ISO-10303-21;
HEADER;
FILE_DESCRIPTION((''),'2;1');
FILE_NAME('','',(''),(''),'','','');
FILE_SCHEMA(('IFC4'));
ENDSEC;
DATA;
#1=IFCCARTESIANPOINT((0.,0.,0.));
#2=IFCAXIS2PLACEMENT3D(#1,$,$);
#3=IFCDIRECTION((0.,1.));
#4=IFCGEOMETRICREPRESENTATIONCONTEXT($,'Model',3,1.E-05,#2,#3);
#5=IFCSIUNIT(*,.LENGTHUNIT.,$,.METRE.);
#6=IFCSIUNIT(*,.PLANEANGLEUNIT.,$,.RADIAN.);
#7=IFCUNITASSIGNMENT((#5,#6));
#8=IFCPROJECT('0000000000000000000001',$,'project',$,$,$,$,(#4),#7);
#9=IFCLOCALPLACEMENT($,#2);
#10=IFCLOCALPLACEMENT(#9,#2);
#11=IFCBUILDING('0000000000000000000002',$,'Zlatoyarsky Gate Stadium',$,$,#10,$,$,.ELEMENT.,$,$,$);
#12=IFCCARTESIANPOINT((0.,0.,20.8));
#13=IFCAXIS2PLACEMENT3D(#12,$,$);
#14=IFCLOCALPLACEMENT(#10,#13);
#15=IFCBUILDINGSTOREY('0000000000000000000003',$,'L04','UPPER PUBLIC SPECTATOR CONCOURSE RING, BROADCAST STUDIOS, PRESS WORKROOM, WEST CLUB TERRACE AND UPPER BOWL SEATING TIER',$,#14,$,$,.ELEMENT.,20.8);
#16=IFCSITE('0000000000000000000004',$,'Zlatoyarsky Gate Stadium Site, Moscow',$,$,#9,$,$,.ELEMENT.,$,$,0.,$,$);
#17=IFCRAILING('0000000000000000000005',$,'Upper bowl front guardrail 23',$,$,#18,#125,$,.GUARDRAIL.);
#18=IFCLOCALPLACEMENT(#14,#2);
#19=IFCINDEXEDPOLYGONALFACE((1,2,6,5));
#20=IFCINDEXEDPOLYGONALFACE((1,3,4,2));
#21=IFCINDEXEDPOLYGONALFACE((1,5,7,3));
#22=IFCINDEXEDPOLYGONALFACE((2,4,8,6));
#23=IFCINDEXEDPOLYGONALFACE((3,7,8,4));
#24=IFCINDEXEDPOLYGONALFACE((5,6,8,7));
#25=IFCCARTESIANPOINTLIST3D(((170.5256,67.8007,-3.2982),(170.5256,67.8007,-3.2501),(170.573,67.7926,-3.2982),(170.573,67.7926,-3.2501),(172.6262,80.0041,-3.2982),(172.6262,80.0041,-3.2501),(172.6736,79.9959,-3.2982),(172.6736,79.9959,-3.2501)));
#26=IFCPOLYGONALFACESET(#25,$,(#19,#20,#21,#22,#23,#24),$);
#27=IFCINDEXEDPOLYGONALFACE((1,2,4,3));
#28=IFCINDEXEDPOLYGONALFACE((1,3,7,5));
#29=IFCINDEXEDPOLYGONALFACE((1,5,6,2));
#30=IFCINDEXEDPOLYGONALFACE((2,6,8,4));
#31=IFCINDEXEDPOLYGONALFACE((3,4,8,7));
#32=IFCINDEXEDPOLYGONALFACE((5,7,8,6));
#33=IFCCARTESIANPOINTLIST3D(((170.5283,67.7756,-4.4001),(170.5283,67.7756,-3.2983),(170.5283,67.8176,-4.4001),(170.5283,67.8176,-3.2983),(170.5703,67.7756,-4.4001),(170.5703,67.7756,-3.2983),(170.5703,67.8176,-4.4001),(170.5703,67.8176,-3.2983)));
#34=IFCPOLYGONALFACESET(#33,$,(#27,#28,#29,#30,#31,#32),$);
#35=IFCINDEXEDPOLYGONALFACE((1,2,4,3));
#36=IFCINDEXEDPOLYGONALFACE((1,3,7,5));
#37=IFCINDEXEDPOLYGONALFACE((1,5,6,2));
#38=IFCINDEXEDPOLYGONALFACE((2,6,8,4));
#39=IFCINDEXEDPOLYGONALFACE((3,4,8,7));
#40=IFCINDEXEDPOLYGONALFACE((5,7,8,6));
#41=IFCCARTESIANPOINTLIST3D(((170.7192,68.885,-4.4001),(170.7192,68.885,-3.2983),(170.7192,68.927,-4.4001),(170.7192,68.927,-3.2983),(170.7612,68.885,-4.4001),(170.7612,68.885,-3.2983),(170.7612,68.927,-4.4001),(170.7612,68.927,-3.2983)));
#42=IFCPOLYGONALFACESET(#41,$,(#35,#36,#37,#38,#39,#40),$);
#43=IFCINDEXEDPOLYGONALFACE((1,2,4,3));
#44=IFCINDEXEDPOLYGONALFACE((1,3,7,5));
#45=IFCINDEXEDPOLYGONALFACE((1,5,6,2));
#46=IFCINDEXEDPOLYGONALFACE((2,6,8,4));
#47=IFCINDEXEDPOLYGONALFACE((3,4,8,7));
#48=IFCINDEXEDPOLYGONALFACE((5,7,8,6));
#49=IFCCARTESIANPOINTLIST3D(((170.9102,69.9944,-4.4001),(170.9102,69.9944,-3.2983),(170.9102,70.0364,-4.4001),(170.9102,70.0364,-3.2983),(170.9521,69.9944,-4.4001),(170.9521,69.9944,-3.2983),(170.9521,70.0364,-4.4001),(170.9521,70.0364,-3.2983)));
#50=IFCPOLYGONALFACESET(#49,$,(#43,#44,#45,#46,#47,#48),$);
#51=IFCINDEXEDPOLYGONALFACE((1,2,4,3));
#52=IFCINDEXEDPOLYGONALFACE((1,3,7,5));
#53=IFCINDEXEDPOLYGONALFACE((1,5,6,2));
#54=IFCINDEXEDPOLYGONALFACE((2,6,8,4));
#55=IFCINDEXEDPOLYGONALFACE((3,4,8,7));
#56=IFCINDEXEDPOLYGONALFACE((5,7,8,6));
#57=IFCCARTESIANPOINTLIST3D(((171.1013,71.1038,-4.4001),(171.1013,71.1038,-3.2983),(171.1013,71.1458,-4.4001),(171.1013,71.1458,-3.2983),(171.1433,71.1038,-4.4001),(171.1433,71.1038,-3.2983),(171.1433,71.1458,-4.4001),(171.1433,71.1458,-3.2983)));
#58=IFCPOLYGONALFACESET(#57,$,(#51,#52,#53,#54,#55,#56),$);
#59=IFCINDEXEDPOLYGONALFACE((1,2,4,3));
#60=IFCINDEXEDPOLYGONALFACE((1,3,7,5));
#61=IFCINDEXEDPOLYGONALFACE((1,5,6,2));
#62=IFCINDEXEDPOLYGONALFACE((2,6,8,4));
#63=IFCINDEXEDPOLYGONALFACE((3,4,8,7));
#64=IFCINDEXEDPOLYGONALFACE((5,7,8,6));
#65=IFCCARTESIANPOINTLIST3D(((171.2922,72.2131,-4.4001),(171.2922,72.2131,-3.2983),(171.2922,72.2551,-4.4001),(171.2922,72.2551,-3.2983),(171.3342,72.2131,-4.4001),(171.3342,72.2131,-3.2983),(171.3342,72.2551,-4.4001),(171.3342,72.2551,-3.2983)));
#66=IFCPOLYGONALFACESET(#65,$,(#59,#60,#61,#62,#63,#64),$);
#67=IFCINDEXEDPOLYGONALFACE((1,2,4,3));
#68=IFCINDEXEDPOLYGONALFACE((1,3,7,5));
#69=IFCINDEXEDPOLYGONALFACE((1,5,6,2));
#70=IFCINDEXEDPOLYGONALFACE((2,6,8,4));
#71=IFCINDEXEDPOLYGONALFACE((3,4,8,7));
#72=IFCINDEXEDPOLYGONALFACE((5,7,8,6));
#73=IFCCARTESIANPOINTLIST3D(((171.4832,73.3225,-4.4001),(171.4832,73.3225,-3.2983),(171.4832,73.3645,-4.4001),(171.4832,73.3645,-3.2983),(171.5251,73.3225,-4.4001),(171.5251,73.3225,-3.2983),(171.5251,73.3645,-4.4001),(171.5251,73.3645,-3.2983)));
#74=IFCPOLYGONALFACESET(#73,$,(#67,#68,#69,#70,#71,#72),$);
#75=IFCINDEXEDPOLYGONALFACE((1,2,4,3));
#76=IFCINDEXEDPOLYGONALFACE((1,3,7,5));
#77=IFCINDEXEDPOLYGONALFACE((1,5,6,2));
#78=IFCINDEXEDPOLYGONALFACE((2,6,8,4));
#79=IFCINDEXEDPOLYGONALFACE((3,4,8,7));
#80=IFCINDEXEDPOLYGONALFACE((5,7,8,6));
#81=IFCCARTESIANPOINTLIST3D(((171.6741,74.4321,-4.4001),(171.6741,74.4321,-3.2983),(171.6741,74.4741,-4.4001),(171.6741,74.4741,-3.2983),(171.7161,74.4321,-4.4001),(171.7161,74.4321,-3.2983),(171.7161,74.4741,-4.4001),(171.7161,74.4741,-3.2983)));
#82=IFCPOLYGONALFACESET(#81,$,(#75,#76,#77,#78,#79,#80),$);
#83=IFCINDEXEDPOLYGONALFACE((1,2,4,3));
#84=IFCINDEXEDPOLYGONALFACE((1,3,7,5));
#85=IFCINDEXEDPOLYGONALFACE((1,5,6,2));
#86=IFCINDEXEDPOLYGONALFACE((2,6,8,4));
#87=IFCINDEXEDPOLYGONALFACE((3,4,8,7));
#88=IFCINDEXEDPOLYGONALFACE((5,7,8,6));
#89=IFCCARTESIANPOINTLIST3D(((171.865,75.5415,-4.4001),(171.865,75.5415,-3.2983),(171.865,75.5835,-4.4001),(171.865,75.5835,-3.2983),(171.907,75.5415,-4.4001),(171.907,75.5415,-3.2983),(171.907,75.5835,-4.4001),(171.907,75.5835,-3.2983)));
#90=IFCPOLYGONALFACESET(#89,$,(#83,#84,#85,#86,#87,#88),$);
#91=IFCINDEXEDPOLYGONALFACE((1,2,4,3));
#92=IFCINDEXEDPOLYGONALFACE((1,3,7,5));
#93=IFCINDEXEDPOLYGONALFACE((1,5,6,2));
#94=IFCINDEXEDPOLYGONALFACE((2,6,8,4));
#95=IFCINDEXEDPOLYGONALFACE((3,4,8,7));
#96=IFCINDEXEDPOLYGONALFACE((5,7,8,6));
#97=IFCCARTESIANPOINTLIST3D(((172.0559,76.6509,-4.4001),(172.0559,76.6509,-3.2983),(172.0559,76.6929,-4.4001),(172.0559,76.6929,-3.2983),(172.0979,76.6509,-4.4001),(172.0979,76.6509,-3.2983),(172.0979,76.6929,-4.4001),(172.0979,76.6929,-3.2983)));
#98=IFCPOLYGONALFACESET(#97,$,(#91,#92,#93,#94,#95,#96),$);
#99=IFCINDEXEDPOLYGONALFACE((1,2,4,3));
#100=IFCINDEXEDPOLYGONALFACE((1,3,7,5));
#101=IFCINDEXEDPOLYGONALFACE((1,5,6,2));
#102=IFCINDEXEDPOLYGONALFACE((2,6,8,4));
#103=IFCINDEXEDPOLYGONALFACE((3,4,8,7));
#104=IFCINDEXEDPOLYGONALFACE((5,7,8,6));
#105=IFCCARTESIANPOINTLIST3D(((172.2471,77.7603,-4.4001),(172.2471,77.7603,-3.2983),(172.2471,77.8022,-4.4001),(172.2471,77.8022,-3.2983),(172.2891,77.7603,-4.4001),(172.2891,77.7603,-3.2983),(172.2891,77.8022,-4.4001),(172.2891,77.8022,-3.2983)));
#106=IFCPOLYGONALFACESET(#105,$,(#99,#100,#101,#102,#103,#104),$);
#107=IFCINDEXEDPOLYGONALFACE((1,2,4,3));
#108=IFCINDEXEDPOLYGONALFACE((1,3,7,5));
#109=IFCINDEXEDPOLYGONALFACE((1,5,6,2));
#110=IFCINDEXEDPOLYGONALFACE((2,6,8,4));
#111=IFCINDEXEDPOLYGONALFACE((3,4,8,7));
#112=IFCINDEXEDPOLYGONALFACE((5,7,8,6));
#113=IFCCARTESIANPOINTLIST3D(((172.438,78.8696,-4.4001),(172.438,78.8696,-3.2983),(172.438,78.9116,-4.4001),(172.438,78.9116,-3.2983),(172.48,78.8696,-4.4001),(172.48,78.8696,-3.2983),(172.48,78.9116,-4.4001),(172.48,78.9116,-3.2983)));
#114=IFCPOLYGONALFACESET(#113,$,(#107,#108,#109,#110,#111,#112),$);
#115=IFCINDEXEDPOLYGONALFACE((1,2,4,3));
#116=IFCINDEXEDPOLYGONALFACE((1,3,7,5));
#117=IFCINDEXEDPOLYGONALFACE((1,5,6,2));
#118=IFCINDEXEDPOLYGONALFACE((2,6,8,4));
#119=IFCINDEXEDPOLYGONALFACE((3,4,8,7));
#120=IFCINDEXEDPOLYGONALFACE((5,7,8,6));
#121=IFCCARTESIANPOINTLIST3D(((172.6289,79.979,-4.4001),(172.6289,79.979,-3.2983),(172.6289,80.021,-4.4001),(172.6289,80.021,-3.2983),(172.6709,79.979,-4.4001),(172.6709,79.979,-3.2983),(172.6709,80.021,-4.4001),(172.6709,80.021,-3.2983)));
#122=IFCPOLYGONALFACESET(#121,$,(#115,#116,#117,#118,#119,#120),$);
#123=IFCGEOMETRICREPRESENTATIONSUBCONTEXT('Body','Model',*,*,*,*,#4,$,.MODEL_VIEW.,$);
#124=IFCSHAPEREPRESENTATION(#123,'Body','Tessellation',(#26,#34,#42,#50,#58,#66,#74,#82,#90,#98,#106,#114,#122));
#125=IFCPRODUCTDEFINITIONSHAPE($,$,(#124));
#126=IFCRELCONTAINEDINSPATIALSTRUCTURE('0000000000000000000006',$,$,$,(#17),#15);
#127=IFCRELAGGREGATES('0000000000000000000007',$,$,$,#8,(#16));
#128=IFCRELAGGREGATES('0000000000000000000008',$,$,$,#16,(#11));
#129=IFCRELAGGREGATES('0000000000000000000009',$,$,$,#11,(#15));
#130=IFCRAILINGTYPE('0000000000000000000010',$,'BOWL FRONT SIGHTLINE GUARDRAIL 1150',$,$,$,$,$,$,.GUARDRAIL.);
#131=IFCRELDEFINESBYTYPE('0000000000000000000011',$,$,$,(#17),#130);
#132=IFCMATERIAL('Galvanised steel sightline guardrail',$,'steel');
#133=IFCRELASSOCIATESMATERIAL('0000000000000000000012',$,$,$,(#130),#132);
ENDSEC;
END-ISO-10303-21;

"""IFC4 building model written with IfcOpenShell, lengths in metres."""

from ifc_helpers import new_model, si_unit, direction, frame, origin, origin_2d, place, context, subcontext, project, spatial, rectangle, extrude, material, type_object, element, save


model = new_model("IFC4")

# Units and contexts
model_context = context("Model", 3, precision=1e-05, world=origin(), true_north=direction((0.0, 1.0)))
body_context = subcontext(model_context, "Body", "Model", "MODEL_VIEW")
ifc_project = project(units=[si_unit("LENGTHUNIT", "METRE"), si_unit("PLANEANGLEUNIT", "RADIAN")], contexts=[model_context])

# Site, building, storey
site_placement = place(None, origin())
site = spatial("IfcSite", under=ifc_project, at=site_placement, Name="Zlatoyarsky Gate Stadium Site, Moscow", CompositionType="ELEMENT", RefElevation=0.0)
building_placement = place(site_placement, origin())
building = spatial("IfcBuilding", under=site, at=building_placement, Name="Zlatoyarsky Gate Stadium", CompositionType="ELEMENT")
storey_placement = place(building_placement, frame((0.0, 0.0, 20.8)))
storey = spatial("IfcBuildingStorey", under=building, at=storey_placement, Name="L04", Description="UPPER PUBLIC SPECTATOR CONCOURSE RING, BROADCAST STUDIOS, PRESS WORKROOM, WEST CLUB TERRACE AND UPPER BOWL SEATING TIER", CompositionType="ELEMENT", Elevation=20.8)

# Railing
ifc_material_1 = material(Name="Galvanised steel sightline guardrail", Category="steel")
railing_type_1 = type_object("IfcRailingType", Name="BOWL FRONT SIGHTLINE GUARDRAIL 1150", PredefinedType="GUARDRAIL", material=ifc_material_1)
railing_1_placement = place(storey_placement, frame((170.5493, 67.7966, -4.4001)))
element("IfcRailing", 1, at=railing_1_placement, inside=storey, type_object=railing_type_1, Name="Upper bowl front guardrail 23", PredefinedType="GUARDRAIL", context=body_context, shape_type="SweptSolid", body=[
    extrude(rectangle(XDim=0.0481, YDim=0.0481, at=origin_2d()), frame((0.0, 0.0, 1.126), z_axis=(0.169637, 0.985507, 0.0), x_axis=(-0.985507, 0.169637, 0.0)), (0.0, 0.0, 1.0), 12.3828),
    extrude(rectangle(XDim=0.042, YDim=0.042, at=origin_2d()), origin(), (0.0, 0.0, 1.0), 1.1018),
    extrude(rectangle(XDim=0.042, YDim=0.042, at=origin_2d()), frame((0.1909, 1.1094, 0.0)), (0.0, 0.0, 1.0), 1.1018),
    extrude(rectangle(XDim=0.042, YDim=0.042, at=origin_2d()), frame((0.3818, 2.2188, 0.0)), (0.0, 0.0, 1.0), 1.1018),
    extrude(rectangle(XDim=0.042, YDim=0.042, at=origin_2d()), frame((0.573, 3.3281, 0.0)), (0.0, 0.0, 1.0), 1.1018),
    extrude(rectangle(XDim=0.042, YDim=0.042, at=origin_2d()), frame((0.7639, 4.4375, 0.0)), (0.0, 0.0, 1.0), 1.1018),
    extrude(rectangle(XDim=0.042, YDim=0.042, at=origin_2d()), frame((0.9548, 5.5469, 0.0)), (0.0, 0.0, 1.0), 1.1018),
    extrude(rectangle(XDim=0.042, YDim=0.042, at=origin_2d()), frame((1.1458, 6.6565, 0.0)), (0.0, 0.0, 1.0), 1.1018),
    extrude(rectangle(XDim=0.042, YDim=0.042, at=origin_2d()), frame((1.3367, 7.7659, 0.0)), (0.0, 0.0, 1.0), 1.1018),
    extrude(rectangle(XDim=0.042, YDim=0.042, at=origin_2d()), frame((1.5276, 8.8752, 0.0)), (0.0, 0.0, 1.0), 1.1018),
    extrude(rectangle(XDim=0.042, YDim=0.042, at=origin_2d()), frame((1.7188, 9.9846, 0.0)), (0.0, 0.0, 1.0), 1.1018),
    extrude(rectangle(XDim=0.042, YDim=0.042, at=origin_2d()), frame((1.9097, 11.094, 0.0)), (0.0, 0.0, 1.0), 1.1018),
    extrude(rectangle(XDim=0.042, YDim=0.042, at=origin_2d()), frame((2.1006, 12.2034, 0.0)), (0.0, 0.0, 1.0), 1.1018),
])

save(model, "model.ifc")
